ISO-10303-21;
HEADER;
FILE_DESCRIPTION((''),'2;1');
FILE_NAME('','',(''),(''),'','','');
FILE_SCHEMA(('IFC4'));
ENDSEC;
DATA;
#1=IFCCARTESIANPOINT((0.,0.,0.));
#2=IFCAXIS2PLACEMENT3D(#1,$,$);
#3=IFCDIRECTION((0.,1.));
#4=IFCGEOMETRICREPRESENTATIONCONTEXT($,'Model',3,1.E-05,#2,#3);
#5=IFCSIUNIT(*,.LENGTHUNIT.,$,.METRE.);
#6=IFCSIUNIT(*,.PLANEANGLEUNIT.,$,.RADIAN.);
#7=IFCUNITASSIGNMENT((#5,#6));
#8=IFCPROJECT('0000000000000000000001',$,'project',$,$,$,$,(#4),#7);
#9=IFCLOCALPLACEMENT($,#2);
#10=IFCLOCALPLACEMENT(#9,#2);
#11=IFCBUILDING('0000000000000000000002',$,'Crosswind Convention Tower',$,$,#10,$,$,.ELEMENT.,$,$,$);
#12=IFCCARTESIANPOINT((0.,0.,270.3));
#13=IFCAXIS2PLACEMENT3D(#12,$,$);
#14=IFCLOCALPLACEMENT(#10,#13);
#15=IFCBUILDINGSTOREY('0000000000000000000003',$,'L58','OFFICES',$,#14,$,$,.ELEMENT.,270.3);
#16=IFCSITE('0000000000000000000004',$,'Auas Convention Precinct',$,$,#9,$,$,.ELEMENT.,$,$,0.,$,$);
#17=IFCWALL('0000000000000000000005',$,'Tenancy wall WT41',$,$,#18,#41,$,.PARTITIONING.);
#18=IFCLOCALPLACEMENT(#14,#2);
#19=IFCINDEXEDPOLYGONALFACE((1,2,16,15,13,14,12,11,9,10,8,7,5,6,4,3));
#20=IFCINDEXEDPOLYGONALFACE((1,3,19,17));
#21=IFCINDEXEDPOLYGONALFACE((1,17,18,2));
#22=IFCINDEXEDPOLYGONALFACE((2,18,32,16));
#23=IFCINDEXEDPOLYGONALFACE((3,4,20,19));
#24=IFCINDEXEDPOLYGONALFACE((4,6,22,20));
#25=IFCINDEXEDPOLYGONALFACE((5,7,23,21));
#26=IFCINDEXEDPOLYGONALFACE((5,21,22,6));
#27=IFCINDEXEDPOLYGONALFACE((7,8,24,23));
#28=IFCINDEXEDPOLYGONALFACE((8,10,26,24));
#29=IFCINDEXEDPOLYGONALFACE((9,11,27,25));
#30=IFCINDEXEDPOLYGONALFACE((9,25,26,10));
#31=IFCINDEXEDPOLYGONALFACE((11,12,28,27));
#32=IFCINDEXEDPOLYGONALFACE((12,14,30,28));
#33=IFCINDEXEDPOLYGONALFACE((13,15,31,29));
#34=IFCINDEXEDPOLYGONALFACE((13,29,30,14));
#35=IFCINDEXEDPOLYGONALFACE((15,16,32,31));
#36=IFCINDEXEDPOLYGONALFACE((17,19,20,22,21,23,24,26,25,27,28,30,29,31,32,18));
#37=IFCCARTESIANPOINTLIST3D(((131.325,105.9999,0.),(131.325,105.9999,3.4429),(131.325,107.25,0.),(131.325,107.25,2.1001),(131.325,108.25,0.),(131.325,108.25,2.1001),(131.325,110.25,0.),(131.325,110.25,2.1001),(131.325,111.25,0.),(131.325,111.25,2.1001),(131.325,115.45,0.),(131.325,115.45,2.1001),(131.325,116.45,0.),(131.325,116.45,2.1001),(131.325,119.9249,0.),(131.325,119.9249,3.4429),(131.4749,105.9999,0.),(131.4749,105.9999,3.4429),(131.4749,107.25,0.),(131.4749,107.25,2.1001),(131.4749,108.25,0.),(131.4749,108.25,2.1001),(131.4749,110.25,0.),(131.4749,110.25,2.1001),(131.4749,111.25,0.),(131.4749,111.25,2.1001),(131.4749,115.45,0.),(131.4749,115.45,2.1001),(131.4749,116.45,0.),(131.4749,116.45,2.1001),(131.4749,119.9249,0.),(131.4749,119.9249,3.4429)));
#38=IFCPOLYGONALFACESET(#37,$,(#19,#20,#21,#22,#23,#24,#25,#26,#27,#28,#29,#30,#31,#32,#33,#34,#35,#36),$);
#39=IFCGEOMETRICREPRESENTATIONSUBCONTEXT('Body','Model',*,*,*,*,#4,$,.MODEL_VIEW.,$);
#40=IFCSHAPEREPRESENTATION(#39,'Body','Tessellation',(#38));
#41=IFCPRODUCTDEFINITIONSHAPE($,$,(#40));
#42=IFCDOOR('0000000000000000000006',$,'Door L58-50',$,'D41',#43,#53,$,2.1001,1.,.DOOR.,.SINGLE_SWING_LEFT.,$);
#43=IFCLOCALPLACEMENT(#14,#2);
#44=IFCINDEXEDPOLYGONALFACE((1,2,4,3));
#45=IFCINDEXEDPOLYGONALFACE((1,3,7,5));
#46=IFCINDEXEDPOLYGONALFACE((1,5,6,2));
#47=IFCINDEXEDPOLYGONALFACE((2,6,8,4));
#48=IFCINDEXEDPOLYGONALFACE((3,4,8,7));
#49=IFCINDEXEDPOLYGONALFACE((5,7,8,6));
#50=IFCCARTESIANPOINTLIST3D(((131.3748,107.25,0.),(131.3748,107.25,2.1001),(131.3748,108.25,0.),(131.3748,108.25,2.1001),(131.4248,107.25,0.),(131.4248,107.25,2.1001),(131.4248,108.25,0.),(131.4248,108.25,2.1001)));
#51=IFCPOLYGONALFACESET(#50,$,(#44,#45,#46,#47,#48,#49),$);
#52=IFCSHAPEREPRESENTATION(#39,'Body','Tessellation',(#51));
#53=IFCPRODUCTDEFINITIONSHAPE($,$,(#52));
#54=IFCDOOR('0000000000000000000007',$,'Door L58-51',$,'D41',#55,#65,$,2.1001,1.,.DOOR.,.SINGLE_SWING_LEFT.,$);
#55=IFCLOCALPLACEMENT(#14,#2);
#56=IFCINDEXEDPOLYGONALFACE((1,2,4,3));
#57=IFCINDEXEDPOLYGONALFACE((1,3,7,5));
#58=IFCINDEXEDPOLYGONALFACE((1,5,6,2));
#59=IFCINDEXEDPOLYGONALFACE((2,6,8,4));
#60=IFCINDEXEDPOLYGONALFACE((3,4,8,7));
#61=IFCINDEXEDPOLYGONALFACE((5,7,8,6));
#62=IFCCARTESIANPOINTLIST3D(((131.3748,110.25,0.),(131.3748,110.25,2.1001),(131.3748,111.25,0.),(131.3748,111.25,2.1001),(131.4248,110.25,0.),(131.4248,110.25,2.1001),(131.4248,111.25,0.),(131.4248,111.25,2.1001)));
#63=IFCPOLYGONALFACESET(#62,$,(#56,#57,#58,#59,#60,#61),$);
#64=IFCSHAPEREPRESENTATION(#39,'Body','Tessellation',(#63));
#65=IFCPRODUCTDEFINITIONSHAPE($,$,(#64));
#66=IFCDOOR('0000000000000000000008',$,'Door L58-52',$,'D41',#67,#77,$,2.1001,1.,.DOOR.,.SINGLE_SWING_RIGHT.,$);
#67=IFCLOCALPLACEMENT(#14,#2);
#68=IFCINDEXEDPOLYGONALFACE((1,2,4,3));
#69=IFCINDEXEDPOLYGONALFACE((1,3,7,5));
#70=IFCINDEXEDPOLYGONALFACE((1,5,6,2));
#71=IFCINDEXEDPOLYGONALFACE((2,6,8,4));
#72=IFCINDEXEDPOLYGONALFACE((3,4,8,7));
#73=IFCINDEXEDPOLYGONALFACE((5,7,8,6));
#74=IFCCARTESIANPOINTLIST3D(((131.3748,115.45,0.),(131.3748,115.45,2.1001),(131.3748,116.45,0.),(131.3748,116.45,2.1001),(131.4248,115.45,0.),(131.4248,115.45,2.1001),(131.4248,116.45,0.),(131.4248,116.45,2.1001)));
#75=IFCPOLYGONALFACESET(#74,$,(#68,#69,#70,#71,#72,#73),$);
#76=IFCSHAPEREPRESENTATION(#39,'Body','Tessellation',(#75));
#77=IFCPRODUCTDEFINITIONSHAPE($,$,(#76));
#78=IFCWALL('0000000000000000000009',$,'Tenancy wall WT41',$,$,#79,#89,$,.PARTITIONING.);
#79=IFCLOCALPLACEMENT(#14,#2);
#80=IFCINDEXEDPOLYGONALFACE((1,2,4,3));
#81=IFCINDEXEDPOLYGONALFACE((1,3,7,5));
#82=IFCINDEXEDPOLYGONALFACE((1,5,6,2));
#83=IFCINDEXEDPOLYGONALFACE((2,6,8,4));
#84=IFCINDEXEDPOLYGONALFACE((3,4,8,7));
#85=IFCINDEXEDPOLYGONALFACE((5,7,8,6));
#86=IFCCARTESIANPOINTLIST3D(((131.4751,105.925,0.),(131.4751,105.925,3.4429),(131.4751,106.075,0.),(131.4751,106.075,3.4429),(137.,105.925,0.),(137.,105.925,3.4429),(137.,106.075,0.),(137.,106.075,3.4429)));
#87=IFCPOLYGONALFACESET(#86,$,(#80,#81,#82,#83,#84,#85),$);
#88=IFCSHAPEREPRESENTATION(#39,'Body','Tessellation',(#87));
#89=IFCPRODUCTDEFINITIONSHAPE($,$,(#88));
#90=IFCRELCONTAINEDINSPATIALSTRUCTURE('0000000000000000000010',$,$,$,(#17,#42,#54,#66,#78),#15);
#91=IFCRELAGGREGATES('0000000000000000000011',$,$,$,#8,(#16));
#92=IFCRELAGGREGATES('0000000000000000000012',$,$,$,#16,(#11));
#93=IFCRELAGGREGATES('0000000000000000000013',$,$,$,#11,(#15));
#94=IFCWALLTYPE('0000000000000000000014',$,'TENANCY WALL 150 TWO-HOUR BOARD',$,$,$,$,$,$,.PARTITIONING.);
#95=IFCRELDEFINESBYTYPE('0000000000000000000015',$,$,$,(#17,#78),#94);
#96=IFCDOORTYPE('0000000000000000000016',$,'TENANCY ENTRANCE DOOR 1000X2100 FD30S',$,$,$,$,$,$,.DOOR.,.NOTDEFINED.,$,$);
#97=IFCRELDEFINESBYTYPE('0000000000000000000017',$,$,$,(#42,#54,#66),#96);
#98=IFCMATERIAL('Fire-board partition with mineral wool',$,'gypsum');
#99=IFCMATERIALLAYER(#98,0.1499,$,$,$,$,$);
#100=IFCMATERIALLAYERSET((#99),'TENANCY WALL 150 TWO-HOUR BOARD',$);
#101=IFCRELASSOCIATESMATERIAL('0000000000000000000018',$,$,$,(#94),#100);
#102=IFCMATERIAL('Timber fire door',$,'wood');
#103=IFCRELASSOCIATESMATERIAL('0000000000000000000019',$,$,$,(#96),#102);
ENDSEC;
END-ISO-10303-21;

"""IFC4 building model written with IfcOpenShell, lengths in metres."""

from ifc_helpers import new_model, si_unit, direction, frame, frame_2d, origin, place, context, subcontext, project, spatial, rectangle, extrude, material, layer, layer_set, type_object, element, fill, save


model = new_model("IFC4")

# Units and contexts
model_context = context("Model", 3, precision=1e-05, world=origin(), true_north=direction((0.0, 1.0)))
body_context = subcontext(model_context, "Body", "Model", "MODEL_VIEW")
ifc_project = project(units=[si_unit("LENGTHUNIT", "METRE"), si_unit("PLANEANGLEUNIT", "RADIAN")], contexts=[model_context])

# Site, building, storey
site_placement = place(None, origin())
site = spatial("IfcSite", under=ifc_project, at=site_placement, Name="Auas Convention Precinct", CompositionType="ELEMENT", RefElevation=0.0)
building_placement = place(site_placement, origin())
building = spatial("IfcBuilding", under=site, at=building_placement, Name="Crosswind Convention Tower", CompositionType="ELEMENT")
storey_placement = place(building_placement, frame((0.0, 0.0, 270.3)))
storey = spatial("IfcBuildingStorey", under=building, at=storey_placement, Name="L58", Description="OFFICES", CompositionType="ELEMENT", Elevation=270.3)

# Shared definitions
ifc_material_1 = material(Name="Fire-board partition with mineral wool", Category="gypsum")
ifc_layer_1 = layer(ifc_material_1, 0.1499)
ifc_layer_set_1 = layer_set([ifc_layer_1], Name="TENANCY WALL 150 TWO-HOUR BOARD")
wall_type_1 = type_object("IfcWallType", Name="TENANCY WALL 150 TWO-HOUR BOARD", PredefinedType="PARTITIONING", material=ifc_layer_set_1)

# Wall, openings, doors
wall_1_placement = place(storey_placement, frame((131.3999, 106.0, 0.0), z_axis=(0.0, 0.0, 1.0), x_axis=(0.0, 1.0, 0.0)))
wall_1 = element("IfcWall", 1, at=wall_1_placement, inside=storey, type_object=wall_type_1, Name="Tenancy wall WT41", PredefinedType="PARTITIONING", context=body_context, shape_type="SweptSolid", body=[
    extrude(rectangle(XDim=13.925, YDim=0.1499, at=frame_2d((6.9624, 0.0))), origin(), (0.0, 0.0, 1.0), 3.4429),
])
opening_1_placement = place(wall_1_placement, frame((1.25, 0.0, 0.0)))
opening_1 = element("IfcOpeningElement", 2, at=opening_1_placement, cuts=wall_1, PredefinedType="OPENING", context=body_context, shape_type="SweptSolid", body=[
    extrude(rectangle(XDim=1.0, YDim=2.1001, at=frame_2d((0.5, 1.05))), frame((0.0, 0.085, 0.0), z_axis=(0.0, -1.0, 0.0), x_axis=(1.0, 0.0, 0.0)), (0.0, 0.0, 1.0), 0.1699),
])
opening_2_placement = place(wall_1_placement, frame((4.25, 0.0, 0.0)))
opening_2 = element("IfcOpeningElement", 3, at=opening_2_placement, cuts=wall_1, PredefinedType="OPENING", context=body_context, shape_type="SweptSolid", body=[
    extrude(rectangle(XDim=1.0, YDim=2.1001, at=frame_2d((0.5, 1.05))), frame((0.0, 0.085, 0.0), z_axis=(0.0, -1.0, 0.0), x_axis=(1.0, 0.0, 0.0)), (0.0, 0.0, 1.0), 0.1699),
])
opening_3_placement = place(wall_1_placement, frame((9.45, 0.0, 0.0)))
opening_3 = element("IfcOpeningElement", 4, at=opening_3_placement, cuts=wall_1, PredefinedType="OPENING", context=body_context, shape_type="SweptSolid", body=[
    extrude(rectangle(XDim=1.0, YDim=2.1001, at=frame_2d((0.5, 1.05))), frame((0.0, 0.085, 0.0), z_axis=(0.0, -1.0, 0.0), x_axis=(1.0, 0.0, 0.0)), (0.0, 0.0, 1.0), 0.1699),
])
ifc_material_2 = material(Name="Timber fire door", Category="wood")
door_type = type_object("IfcDoorType", Name="TENANCY ENTRANCE DOOR 1000X2100 FD30S", OperationType="NOTDEFINED", PredefinedType="DOOR", material=ifc_material_2)
door_1_placement = place(opening_1_placement, frame((1.0, 0.0, 0.0), z_axis=(0.0, 0.0, 1.0), x_axis=(-1.0, 0.0, 0.0)))
door_1 = element("IfcDoor", 5, at=door_1_placement, inside=storey, type_object=door_type, Name="Door L58-50", ObjectType="D41", OperationType="SINGLE_SWING_LEFT", OverallHeight=2.1001, OverallWidth=1.0, PredefinedType="DOOR", context=body_context, shape_type="SweptSolid", body=[
    extrude(rectangle(XDim=1.0, YDim=2.1001, at=frame_2d((0.5, 1.05))), frame((0.0, 0.0249, 0.0), z_axis=(0.0, -1.0, 0.0), x_axis=(1.0, 0.0, 0.0)), (0.0, 0.0, 1.0), 0.05),
])
fill(opening_1, door_1)
door_2_placement = place(opening_2_placement, frame((1.0, 0.0, 0.0), z_axis=(0.0, 0.0, 1.0), x_axis=(-1.0, 0.0, 0.0)))
door_2 = element("IfcDoor", 6, at=door_2_placement, inside=storey, type_object=door_type, Name="Door L58-51", ObjectType="D41", OperationType="SINGLE_SWING_LEFT", OverallHeight=2.1001, OverallWidth=1.0, PredefinedType="DOOR", context=body_context, shape_type="SweptSolid", body=[
    extrude(rectangle(XDim=1.0, YDim=2.1001, at=frame_2d((0.5, 1.05))), frame((0.0, 0.0249, 0.0), z_axis=(0.0, -1.0, 0.0), x_axis=(1.0, 0.0, 0.0)), (0.0, 0.0, 1.0), 0.05),
])
fill(opening_2, door_2)
door_3_placement = place(opening_3_placement, frame((1.0, 0.0, 0.0), z_axis=(0.0, 0.0, 1.0), x_axis=(-1.0, 0.0, 0.0)))
door_3 = element("IfcDoor", 7, at=door_3_placement, inside=storey, type_object=door_type, Name="Door L58-52", ObjectType="D41", OperationType="SINGLE_SWING_RIGHT", OverallHeight=2.1001, OverallWidth=1.0, PredefinedType="DOOR", context=body_context, shape_type="SweptSolid", body=[
    extrude(rectangle(XDim=1.0, YDim=2.1001, at=frame_2d((0.5, 1.05))), frame((0.0, 0.0249, 0.0), z_axis=(0.0, -1.0, 0.0), x_axis=(1.0, 0.0, 0.0)), (0.0, 0.0, 1.0), 0.05),
])
fill(opening_3, door_3)

# Wall
wall_2_placement = place(storey_placement, frame((131.4751, 106.0, 0.0), z_axis=(0.0, 0.0, 1.0), x_axis=(1.0, 0.0, 0.0)))
element("IfcWall", 8, at=wall_2_placement, inside=storey, type_object=wall_type_1, Name="Tenancy wall WT41", PredefinedType="PARTITIONING", context=body_context, shape_type="SweptSolid", body=[
    extrude(rectangle(XDim=5.5249, YDim=0.1499, at=frame_2d((2.7625, 0.0))), origin(), (0.0, 0.0, 1.0), 3.4429),
])

save(model, "model.ifc")
